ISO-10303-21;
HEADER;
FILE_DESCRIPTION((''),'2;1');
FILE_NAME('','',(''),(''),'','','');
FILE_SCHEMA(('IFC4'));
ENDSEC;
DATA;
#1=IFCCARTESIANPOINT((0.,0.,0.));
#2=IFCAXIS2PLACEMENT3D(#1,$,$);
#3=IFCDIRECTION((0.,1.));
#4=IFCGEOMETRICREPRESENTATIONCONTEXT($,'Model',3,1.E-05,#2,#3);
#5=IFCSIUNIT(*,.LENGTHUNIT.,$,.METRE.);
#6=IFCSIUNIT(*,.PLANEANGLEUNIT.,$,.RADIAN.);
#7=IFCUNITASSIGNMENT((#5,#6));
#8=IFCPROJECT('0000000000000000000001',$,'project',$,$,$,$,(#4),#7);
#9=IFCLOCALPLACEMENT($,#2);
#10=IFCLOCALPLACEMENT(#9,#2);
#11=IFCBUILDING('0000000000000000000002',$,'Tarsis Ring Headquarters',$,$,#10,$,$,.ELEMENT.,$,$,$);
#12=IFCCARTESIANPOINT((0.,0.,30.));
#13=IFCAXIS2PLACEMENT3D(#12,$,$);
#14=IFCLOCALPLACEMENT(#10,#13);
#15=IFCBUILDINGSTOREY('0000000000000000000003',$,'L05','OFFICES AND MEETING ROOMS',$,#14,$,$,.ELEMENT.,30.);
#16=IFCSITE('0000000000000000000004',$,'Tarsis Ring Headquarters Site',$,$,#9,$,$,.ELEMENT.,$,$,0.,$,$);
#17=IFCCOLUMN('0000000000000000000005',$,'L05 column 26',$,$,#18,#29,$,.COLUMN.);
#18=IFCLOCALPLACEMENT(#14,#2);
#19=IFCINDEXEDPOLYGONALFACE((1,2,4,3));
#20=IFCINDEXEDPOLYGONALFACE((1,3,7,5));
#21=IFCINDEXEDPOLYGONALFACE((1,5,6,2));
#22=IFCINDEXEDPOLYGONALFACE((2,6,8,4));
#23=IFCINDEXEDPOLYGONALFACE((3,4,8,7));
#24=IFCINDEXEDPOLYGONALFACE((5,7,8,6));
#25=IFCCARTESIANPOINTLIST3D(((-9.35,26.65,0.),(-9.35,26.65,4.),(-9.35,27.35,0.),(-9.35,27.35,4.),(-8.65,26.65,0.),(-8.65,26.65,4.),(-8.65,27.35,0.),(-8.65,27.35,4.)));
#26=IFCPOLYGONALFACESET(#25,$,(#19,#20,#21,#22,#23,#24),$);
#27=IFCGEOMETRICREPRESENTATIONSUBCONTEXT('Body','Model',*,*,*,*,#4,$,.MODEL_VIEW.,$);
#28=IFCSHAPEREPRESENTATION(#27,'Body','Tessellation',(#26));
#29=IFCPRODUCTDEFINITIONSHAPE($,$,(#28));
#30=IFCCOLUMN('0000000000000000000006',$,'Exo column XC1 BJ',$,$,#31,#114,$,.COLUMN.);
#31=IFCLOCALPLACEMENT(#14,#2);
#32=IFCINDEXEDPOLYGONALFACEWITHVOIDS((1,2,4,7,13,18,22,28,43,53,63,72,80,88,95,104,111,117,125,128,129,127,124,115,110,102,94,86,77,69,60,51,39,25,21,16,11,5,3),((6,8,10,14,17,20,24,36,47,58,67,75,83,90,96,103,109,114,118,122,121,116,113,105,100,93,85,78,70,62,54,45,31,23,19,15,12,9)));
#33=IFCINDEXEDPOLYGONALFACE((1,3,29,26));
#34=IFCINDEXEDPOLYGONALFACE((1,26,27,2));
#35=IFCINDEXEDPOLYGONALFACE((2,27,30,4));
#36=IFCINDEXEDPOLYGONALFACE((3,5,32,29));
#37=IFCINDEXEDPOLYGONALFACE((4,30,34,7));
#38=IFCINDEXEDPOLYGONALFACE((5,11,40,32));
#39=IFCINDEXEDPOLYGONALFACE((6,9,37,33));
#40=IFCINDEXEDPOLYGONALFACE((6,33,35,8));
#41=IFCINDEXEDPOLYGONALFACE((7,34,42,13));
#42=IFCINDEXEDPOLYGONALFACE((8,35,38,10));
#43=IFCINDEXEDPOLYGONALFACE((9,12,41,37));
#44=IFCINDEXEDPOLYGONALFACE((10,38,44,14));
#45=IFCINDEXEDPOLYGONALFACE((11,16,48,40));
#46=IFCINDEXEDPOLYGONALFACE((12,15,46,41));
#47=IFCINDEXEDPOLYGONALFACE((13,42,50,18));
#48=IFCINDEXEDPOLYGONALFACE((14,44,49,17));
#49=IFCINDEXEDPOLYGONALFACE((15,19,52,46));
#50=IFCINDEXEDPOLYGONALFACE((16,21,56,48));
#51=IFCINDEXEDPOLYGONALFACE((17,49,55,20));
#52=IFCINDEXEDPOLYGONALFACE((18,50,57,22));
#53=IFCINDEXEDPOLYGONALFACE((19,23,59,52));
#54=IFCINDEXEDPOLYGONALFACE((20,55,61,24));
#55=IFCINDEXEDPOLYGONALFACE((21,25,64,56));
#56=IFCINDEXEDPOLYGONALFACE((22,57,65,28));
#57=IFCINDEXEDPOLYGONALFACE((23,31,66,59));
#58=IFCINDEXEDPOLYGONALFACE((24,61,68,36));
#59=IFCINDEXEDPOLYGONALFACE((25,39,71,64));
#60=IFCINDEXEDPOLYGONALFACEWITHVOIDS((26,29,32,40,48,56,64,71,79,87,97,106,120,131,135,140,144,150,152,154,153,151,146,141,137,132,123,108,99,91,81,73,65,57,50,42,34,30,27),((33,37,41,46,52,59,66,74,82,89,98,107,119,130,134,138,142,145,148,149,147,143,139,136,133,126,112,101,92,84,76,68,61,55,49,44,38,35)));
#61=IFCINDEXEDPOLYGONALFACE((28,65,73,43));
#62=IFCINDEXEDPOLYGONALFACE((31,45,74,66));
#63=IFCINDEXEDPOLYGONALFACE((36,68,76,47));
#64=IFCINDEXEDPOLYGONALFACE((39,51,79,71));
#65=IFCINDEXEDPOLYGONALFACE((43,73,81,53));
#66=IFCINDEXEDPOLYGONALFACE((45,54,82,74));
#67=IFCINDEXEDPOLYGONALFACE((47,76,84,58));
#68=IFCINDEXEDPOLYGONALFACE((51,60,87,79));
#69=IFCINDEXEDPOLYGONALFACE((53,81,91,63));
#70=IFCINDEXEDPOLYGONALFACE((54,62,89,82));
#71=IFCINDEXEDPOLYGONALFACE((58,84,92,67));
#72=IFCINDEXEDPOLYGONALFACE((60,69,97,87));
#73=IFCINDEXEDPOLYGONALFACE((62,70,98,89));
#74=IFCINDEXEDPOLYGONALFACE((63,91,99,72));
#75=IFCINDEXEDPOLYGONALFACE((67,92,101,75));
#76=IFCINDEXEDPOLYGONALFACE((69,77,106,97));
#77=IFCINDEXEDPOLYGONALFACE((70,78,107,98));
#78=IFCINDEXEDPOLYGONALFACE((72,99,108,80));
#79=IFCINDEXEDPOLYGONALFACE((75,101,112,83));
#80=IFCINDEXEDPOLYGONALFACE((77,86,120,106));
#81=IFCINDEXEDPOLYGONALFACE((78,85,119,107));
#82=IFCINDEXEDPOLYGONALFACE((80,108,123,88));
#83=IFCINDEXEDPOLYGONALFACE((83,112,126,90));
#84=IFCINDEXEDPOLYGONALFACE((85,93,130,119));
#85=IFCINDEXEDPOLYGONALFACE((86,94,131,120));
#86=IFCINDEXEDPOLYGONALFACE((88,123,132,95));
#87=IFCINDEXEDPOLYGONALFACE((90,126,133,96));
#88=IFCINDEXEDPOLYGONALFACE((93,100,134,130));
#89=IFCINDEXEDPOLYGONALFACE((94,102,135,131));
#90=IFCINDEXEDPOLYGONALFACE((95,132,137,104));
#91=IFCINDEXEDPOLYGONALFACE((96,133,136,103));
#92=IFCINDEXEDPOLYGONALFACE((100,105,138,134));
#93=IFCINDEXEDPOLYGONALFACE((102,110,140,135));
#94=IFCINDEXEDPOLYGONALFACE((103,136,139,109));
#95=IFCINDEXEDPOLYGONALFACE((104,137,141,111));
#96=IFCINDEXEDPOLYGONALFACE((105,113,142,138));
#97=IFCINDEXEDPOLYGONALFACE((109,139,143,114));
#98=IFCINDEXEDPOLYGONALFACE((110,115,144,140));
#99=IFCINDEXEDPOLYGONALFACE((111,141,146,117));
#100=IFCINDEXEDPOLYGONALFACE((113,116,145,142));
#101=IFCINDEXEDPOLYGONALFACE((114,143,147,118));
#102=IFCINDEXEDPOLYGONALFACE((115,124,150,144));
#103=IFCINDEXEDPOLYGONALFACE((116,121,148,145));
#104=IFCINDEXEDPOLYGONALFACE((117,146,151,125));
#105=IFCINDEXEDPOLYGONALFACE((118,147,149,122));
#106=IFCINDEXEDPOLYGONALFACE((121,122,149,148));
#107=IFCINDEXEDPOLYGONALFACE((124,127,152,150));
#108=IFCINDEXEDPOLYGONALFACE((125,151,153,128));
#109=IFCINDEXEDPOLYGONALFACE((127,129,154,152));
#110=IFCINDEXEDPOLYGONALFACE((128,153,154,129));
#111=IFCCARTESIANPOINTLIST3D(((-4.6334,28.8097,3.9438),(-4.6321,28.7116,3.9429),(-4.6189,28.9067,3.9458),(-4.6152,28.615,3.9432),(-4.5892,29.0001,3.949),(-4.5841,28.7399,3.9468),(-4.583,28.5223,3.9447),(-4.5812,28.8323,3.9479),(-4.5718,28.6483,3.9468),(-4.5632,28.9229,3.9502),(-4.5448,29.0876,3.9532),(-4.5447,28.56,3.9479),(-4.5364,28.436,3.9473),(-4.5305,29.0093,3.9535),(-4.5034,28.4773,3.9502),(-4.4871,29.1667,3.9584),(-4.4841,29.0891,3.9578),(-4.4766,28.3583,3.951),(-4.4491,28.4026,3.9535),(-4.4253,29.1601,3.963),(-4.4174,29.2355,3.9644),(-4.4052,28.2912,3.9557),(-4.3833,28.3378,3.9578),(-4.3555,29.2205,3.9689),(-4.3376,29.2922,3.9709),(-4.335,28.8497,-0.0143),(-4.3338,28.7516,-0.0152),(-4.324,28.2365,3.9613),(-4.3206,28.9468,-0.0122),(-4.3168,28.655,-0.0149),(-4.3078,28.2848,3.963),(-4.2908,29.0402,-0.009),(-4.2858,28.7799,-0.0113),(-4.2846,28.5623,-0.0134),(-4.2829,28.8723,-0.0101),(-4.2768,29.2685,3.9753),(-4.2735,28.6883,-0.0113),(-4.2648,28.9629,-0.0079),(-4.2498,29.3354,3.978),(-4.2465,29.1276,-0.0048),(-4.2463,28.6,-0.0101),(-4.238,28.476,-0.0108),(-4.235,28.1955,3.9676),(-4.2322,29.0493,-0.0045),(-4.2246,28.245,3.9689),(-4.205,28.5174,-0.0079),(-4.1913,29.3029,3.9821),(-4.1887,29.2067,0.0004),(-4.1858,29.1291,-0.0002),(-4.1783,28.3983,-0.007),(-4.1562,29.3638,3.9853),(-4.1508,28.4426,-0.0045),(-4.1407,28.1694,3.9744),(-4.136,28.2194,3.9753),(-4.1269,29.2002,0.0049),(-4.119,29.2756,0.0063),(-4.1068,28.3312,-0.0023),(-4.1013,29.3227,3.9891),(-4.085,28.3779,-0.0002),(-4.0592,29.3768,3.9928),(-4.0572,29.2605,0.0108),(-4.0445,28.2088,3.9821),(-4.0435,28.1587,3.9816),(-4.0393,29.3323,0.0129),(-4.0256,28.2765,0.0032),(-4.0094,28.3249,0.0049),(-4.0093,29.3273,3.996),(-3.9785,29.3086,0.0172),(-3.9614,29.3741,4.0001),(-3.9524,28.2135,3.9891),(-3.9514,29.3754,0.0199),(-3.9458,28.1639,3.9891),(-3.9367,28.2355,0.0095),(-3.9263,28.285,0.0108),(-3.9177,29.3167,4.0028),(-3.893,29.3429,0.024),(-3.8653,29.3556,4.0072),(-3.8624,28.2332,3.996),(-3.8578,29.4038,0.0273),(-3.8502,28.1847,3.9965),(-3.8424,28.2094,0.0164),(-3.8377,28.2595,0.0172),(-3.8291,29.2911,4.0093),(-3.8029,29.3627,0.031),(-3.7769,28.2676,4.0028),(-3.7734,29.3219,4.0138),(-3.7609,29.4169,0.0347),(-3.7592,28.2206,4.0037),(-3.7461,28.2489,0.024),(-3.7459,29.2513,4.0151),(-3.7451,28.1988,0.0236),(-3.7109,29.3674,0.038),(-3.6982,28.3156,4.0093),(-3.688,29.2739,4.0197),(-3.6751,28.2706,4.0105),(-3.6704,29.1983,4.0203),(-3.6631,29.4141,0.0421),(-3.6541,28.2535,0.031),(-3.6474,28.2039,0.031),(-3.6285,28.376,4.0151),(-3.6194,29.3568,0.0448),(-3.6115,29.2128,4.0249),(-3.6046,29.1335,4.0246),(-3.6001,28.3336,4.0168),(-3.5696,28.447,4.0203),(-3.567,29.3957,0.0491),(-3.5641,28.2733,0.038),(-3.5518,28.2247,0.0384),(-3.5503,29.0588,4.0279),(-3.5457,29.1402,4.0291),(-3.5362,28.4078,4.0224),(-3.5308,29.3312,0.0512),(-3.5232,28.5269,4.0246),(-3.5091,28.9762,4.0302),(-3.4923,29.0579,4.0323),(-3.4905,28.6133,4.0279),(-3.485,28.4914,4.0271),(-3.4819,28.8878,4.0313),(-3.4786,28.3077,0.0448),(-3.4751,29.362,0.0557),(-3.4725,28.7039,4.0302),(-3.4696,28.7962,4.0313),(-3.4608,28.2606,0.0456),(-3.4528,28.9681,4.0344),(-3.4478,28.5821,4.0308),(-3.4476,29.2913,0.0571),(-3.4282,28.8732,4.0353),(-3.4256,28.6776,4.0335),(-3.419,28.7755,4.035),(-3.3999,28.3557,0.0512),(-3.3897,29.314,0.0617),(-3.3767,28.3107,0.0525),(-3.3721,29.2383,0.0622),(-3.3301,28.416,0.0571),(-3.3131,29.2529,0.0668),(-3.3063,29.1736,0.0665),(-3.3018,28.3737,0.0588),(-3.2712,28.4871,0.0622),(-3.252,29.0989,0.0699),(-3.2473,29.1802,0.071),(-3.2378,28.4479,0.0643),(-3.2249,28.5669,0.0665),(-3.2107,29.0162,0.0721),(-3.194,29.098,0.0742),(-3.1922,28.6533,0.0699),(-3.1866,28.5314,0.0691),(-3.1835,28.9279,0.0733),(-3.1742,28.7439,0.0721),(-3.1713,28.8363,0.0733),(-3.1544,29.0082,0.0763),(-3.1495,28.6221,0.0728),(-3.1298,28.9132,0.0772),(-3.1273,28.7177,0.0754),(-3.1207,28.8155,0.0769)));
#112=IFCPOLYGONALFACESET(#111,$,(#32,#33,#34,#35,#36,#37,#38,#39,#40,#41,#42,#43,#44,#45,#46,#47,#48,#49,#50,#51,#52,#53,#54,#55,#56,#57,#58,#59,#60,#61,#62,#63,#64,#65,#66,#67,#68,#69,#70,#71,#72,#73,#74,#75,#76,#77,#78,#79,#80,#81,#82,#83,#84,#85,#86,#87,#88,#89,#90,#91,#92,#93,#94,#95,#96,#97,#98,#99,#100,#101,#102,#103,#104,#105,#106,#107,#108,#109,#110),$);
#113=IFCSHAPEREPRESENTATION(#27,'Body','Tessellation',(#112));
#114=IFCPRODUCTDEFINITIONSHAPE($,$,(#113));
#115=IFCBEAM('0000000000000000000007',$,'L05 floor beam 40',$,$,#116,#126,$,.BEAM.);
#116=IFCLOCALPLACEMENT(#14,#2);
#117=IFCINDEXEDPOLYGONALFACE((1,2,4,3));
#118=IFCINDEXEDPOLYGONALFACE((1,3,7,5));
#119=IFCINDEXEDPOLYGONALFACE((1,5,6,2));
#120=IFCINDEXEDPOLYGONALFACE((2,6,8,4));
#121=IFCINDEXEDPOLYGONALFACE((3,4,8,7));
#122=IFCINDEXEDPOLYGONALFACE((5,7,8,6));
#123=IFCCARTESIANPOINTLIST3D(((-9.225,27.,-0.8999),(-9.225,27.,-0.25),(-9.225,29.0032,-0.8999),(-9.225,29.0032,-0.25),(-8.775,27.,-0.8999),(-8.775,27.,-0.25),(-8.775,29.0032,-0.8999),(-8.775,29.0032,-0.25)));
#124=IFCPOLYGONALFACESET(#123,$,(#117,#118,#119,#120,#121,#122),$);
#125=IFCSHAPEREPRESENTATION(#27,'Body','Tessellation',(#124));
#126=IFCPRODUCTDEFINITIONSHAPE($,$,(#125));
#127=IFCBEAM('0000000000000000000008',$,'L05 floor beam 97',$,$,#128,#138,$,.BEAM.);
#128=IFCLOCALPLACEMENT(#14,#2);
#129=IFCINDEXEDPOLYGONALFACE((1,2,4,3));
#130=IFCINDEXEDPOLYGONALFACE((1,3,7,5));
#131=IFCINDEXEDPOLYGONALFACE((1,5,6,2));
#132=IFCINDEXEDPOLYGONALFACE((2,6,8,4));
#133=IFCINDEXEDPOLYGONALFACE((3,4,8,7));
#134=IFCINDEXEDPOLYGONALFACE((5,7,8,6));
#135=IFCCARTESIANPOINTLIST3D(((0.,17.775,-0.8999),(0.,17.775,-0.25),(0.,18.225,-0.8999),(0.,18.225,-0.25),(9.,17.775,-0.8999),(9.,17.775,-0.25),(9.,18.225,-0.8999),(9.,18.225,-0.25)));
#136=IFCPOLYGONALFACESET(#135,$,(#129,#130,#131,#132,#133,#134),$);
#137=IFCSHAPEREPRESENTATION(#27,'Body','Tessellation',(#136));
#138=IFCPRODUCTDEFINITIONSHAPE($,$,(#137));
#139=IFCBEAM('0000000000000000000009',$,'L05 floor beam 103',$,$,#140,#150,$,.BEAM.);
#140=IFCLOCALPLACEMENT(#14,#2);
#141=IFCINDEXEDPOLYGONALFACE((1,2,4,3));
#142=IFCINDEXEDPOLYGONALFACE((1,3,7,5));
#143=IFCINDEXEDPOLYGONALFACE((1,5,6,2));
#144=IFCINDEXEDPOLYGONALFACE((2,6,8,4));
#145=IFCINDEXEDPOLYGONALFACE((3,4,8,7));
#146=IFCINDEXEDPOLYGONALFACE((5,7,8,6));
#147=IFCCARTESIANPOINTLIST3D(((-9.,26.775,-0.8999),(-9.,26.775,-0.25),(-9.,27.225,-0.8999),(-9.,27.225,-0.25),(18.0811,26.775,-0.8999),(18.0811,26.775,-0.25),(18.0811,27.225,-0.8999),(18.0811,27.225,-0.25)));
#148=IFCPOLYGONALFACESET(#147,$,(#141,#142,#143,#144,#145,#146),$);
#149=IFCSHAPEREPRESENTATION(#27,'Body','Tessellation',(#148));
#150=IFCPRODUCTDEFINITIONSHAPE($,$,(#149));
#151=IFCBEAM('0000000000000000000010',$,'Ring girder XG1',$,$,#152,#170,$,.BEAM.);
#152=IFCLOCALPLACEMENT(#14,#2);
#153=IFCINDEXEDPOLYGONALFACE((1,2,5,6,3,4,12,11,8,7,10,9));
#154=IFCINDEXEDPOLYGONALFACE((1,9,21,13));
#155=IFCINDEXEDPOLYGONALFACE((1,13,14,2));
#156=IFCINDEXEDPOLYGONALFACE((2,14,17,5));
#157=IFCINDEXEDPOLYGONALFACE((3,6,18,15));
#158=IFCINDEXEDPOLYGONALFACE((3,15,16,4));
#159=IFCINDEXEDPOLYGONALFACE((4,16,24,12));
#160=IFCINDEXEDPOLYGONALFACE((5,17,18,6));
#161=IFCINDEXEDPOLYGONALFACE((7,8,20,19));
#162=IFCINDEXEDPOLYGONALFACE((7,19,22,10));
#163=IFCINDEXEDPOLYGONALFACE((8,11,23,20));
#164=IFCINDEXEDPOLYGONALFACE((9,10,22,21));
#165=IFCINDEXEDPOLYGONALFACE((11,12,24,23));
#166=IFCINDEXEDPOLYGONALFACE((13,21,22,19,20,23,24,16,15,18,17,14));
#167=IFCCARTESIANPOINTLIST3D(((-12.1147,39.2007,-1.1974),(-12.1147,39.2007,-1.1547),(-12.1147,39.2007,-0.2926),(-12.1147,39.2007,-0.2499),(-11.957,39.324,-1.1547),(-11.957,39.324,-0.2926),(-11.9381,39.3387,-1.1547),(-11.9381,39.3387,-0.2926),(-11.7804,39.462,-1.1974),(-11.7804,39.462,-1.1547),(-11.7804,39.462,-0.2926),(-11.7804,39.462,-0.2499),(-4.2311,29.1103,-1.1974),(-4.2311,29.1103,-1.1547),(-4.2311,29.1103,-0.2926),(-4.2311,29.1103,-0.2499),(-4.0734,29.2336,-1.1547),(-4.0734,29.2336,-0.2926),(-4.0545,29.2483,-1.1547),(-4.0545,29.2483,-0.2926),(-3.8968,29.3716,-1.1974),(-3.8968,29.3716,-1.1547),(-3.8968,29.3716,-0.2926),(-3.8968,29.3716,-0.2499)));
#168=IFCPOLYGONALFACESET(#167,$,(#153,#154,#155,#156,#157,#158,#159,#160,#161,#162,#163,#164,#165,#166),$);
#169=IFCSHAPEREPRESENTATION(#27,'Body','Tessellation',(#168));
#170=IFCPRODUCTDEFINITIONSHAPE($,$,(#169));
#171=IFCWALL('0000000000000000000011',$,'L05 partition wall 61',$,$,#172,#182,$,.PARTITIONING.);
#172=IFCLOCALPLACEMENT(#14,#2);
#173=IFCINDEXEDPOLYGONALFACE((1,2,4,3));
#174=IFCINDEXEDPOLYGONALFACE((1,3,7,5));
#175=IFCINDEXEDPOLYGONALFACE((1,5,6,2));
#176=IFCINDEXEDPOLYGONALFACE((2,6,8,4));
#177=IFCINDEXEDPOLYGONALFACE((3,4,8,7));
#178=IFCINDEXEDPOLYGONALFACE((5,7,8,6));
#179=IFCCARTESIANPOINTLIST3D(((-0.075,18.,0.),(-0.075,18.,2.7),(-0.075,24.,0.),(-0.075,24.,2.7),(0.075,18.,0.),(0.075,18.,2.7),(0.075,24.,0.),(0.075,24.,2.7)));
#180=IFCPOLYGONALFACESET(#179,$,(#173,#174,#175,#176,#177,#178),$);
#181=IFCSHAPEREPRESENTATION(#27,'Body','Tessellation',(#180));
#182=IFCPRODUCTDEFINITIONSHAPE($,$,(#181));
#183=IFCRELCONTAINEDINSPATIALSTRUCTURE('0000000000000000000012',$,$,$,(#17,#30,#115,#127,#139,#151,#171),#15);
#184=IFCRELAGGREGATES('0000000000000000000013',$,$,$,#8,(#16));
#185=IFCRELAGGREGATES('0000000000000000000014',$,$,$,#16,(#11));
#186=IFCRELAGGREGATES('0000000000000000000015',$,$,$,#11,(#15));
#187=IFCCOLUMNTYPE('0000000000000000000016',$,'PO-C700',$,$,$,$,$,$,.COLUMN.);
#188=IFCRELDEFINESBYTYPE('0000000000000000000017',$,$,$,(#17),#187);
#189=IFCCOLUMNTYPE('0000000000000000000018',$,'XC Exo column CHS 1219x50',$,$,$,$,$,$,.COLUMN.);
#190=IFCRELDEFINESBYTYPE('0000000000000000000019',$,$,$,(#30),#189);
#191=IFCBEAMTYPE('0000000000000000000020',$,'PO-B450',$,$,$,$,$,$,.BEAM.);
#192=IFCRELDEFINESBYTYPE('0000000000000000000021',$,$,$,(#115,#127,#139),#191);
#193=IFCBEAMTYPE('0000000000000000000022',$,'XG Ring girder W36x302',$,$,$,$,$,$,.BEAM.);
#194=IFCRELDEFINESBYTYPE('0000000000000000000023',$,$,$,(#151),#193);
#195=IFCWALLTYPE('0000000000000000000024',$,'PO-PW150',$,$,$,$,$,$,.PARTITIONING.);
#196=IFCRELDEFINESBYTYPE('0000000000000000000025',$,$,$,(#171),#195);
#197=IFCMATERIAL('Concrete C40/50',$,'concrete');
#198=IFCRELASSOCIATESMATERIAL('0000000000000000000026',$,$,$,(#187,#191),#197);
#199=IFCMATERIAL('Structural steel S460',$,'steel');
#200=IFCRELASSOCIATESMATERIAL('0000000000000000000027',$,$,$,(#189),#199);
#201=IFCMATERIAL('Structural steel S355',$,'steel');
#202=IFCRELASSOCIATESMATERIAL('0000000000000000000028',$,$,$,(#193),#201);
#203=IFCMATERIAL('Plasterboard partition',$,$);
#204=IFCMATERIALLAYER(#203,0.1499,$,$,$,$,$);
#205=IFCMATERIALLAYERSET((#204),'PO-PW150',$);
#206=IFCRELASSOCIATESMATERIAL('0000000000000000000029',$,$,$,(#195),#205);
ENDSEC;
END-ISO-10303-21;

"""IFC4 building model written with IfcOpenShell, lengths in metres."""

from ifc_helpers import new_model, si_unit, direction, frame, frame_2d, origin, origin_2d, place, context, subcontext, project, spatial, rectangle, hollow_circle, i_section, extrude, material, layer, layer_set, material_profile, profile_set, type_object, element, save


model = new_model("IFC4")

# Units and contexts
model_context = context("Model", 3, precision=1e-05, world=origin(), true_north=direction((0.0, 1.0)))
body_context = subcontext(model_context, "Body", "Model", "MODEL_VIEW")
ifc_project = project(units=[si_unit("LENGTHUNIT", "METRE"), si_unit("PLANEANGLEUNIT", "RADIAN")], contexts=[model_context])

# Site, building, storey
site_placement = place(None, origin())
site = spatial("IfcSite", under=ifc_project, at=site_placement, Name="Tarsis Ring Headquarters Site", CompositionType="ELEMENT", RefElevation=0.0)
building_placement = place(site_placement, origin())
building = spatial("IfcBuilding", under=site, at=building_placement, Name="Tarsis Ring Headquarters", CompositionType="ELEMENT")
storey_placement = place(building_placement, frame((0.0, 0.0, 30.0)))
storey = spatial("IfcBuildingStorey", under=building, at=storey_placement, Name="L05", Description="OFFICES AND MEETING ROOMS", CompositionType="ELEMENT", Elevation=30.0)

# Columns
ifc_material_1 = material(Name="Concrete C40/50", Category="concrete")
ifc_material_profile_1 = material_profile(ifc_material_1, rectangle(XDim=0.7, YDim=0.7, at=origin_2d()), Name="PO-C700")
ifc_profile_set_1 = profile_set([ifc_material_profile_1], Name="Concrete C40/50")
column_type_1 = type_object("IfcColumnType", Name="PO-C700", PredefinedType="COLUMN", material=ifc_profile_set_1)
column_1_placement = place(storey_placement, frame((-9.0, 27.0, 0.0), z_axis=(0.0, 0.0, 1.0), x_axis=(1.0, 0.0, 0.0)))
element("IfcColumn", 1, at=column_1_placement, inside=storey, type_object=column_type_1, Name="L05 column 26", PredefinedType="COLUMN", context=body_context, shape_type="SweptSolid", body=[
    extrude(rectangle(XDim=0.7, YDim=0.7, at=origin_2d()), origin(), (0.0, 0.0, 1.0), 4.0),
])
ifc_material_2 = material(Name="Structural steel S460", Category="steel")
ifc_material_profile_2 = material_profile(ifc_material_2, hollow_circle(Radius=0.6096, WallThickness=0.05, at=origin_2d()), Name="CHS 1219x50")
ifc_profile_set_2 = profile_set([ifc_material_profile_2], Name="Structural steel S460")
column_type_2 = type_object("IfcColumnType", Name="XC Exo column CHS 1219x50", PredefinedType="COLUMN", material=ifc_profile_set_2)
column_2_placement = place(storey_placement, frame((-3.7285, 28.8081, 0.031), z_axis=(-0.075159, -0.010087, 0.997121), x_axis=(0.133014, -0.991114, 0.0)))
element("IfcColumn", 2, at=column_2_placement, inside=storey, type_object=column_type_2, Name="Exo column XC1 BJ", PredefinedType="COLUMN", context=body_context, shape_type="SweptSolid", body=[
    extrude(hollow_circle(Radius=0.6096, WallThickness=0.05, at=origin_2d()), origin(), (0.0, 0.0, 1.0), 3.9695),
])

# Beams
ifc_material_profile_3 = material_profile(ifc_material_1, rectangle(XDim=0.45, YDim=0.6499, at=origin_2d()), Name="PO-B450")
ifc_profile_set_3 = profile_set([ifc_material_profile_3], Name="Concrete C40/50")
beam_type_1 = type_object("IfcBeamType", Name="PO-B450", PredefinedType="BEAM", material=ifc_profile_set_3)
beam_1_placement = place(storey_placement, frame((-9.0, 27.0, -0.575), z_axis=(0.0, 1.0, 0.0), x_axis=(-1.0, 0.0, 0.0)))
element("IfcBeam", 3, at=beam_1_placement, inside=storey, type_object=beam_type_1, Name="L05 floor beam 40", PredefinedType="BEAM", context=body_context, shape_type="SweptSolid", body=[
    extrude(rectangle(XDim=0.45, YDim=0.6499, at=origin_2d()), origin(), (0.0, 0.0, 1.0), 2.0032),
])
beam_2_placement = place(storey_placement, frame((0.0, 18.0, -0.575), z_axis=(1.0, 0.0, 0.0), x_axis=(0.0, 1.0, 0.0)))
element("IfcBeam", 4, at=beam_2_placement, inside=storey, type_object=beam_type_1, Name="L05 floor beam 97", PredefinedType="BEAM", context=body_context, shape_type="SweptSolid", body=[
    extrude(rectangle(XDim=0.45, YDim=0.6499, at=origin_2d()), origin(), (0.0, 0.0, 1.0), 9.0),
])
beam_3_placement = place(storey_placement, frame((-9.0, 27.0, -0.575), z_axis=(1.0, 0.0, 0.0), x_axis=(0.0, 1.0, 0.0)))
element("IfcBeam", 5, at=beam_3_placement, inside=storey, type_object=beam_type_1, Name="L05 floor beam 103", PredefinedType="BEAM", context=body_context, shape_type="SweptSolid", body=[
    extrude(rectangle(XDim=0.45, YDim=0.6499, at=origin_2d()), origin(), (0.0, 0.0, 1.0), 27.0811),
])
ifc_material_3 = material(Name="Structural steel S355", Category="steel")
ifc_material_profile_4 = material_profile(ifc_material_3, i_section(OverallWidth=0.4243, OverallDepth=0.9475, WebThickness=0.0239, FlangeThickness=0.0427, at=origin_2d()), Name="W36x302")
ifc_profile_set_4 = profile_set([ifc_material_profile_4], Name="Structural steel S355")
beam_type_2 = type_object("IfcBeamType", Name="XG Ring girder W36x302", PredefinedType="BEAM", material=ifc_profile_set_4)
beam_4_placement = place(storey_placement, frame((-4.064, 29.241, -0.7236), z_axis=(-0.615667, 0.788006, 0.0), x_axis=(-0.788006, -0.615667, 0.0)))
element("IfcBeam", 6, at=beam_4_placement, inside=storey, type_object=beam_type_2, Name="Ring girder XG1", PredefinedType="BEAM", context=body_context, shape_type="SweptSolid", body=[
    extrude(i_section(OverallWidth=0.4243, OverallDepth=0.9475, WebThickness=0.0239, FlangeThickness=0.0427, at=origin_2d()), origin(), (0.0, 0.0, 1.0), 12.8049),
])

# Wall
ifc_material_4 = material(Name="Plasterboard partition")
ifc_layer_1 = layer(ifc_material_4, 0.1499)
ifc_layer_set_1 = layer_set([ifc_layer_1], Name="PO-PW150")
wall_type_1 = type_object("IfcWallType", Name="PO-PW150", PredefinedType="PARTITIONING", material=ifc_layer_set_1)
wall_1_placement = place(storey_placement, frame((0.0, 18.0, 0.0), z_axis=(0.0, 0.0, 1.0), x_axis=(0.0, 1.0, 0.0)))
element("IfcWall", 7, at=wall_1_placement, inside=storey, type_object=wall_type_1, Name="L05 partition wall 61", PredefinedType="PARTITIONING", context=body_context, shape_type="SweptSolid", body=[
    extrude(rectangle(XDim=6.0, YDim=0.1499, at=frame_2d((3.0, 0.0))), origin(), (0.0, 0.0, 1.0), 2.7),
])

save(model, "model.ifc")
